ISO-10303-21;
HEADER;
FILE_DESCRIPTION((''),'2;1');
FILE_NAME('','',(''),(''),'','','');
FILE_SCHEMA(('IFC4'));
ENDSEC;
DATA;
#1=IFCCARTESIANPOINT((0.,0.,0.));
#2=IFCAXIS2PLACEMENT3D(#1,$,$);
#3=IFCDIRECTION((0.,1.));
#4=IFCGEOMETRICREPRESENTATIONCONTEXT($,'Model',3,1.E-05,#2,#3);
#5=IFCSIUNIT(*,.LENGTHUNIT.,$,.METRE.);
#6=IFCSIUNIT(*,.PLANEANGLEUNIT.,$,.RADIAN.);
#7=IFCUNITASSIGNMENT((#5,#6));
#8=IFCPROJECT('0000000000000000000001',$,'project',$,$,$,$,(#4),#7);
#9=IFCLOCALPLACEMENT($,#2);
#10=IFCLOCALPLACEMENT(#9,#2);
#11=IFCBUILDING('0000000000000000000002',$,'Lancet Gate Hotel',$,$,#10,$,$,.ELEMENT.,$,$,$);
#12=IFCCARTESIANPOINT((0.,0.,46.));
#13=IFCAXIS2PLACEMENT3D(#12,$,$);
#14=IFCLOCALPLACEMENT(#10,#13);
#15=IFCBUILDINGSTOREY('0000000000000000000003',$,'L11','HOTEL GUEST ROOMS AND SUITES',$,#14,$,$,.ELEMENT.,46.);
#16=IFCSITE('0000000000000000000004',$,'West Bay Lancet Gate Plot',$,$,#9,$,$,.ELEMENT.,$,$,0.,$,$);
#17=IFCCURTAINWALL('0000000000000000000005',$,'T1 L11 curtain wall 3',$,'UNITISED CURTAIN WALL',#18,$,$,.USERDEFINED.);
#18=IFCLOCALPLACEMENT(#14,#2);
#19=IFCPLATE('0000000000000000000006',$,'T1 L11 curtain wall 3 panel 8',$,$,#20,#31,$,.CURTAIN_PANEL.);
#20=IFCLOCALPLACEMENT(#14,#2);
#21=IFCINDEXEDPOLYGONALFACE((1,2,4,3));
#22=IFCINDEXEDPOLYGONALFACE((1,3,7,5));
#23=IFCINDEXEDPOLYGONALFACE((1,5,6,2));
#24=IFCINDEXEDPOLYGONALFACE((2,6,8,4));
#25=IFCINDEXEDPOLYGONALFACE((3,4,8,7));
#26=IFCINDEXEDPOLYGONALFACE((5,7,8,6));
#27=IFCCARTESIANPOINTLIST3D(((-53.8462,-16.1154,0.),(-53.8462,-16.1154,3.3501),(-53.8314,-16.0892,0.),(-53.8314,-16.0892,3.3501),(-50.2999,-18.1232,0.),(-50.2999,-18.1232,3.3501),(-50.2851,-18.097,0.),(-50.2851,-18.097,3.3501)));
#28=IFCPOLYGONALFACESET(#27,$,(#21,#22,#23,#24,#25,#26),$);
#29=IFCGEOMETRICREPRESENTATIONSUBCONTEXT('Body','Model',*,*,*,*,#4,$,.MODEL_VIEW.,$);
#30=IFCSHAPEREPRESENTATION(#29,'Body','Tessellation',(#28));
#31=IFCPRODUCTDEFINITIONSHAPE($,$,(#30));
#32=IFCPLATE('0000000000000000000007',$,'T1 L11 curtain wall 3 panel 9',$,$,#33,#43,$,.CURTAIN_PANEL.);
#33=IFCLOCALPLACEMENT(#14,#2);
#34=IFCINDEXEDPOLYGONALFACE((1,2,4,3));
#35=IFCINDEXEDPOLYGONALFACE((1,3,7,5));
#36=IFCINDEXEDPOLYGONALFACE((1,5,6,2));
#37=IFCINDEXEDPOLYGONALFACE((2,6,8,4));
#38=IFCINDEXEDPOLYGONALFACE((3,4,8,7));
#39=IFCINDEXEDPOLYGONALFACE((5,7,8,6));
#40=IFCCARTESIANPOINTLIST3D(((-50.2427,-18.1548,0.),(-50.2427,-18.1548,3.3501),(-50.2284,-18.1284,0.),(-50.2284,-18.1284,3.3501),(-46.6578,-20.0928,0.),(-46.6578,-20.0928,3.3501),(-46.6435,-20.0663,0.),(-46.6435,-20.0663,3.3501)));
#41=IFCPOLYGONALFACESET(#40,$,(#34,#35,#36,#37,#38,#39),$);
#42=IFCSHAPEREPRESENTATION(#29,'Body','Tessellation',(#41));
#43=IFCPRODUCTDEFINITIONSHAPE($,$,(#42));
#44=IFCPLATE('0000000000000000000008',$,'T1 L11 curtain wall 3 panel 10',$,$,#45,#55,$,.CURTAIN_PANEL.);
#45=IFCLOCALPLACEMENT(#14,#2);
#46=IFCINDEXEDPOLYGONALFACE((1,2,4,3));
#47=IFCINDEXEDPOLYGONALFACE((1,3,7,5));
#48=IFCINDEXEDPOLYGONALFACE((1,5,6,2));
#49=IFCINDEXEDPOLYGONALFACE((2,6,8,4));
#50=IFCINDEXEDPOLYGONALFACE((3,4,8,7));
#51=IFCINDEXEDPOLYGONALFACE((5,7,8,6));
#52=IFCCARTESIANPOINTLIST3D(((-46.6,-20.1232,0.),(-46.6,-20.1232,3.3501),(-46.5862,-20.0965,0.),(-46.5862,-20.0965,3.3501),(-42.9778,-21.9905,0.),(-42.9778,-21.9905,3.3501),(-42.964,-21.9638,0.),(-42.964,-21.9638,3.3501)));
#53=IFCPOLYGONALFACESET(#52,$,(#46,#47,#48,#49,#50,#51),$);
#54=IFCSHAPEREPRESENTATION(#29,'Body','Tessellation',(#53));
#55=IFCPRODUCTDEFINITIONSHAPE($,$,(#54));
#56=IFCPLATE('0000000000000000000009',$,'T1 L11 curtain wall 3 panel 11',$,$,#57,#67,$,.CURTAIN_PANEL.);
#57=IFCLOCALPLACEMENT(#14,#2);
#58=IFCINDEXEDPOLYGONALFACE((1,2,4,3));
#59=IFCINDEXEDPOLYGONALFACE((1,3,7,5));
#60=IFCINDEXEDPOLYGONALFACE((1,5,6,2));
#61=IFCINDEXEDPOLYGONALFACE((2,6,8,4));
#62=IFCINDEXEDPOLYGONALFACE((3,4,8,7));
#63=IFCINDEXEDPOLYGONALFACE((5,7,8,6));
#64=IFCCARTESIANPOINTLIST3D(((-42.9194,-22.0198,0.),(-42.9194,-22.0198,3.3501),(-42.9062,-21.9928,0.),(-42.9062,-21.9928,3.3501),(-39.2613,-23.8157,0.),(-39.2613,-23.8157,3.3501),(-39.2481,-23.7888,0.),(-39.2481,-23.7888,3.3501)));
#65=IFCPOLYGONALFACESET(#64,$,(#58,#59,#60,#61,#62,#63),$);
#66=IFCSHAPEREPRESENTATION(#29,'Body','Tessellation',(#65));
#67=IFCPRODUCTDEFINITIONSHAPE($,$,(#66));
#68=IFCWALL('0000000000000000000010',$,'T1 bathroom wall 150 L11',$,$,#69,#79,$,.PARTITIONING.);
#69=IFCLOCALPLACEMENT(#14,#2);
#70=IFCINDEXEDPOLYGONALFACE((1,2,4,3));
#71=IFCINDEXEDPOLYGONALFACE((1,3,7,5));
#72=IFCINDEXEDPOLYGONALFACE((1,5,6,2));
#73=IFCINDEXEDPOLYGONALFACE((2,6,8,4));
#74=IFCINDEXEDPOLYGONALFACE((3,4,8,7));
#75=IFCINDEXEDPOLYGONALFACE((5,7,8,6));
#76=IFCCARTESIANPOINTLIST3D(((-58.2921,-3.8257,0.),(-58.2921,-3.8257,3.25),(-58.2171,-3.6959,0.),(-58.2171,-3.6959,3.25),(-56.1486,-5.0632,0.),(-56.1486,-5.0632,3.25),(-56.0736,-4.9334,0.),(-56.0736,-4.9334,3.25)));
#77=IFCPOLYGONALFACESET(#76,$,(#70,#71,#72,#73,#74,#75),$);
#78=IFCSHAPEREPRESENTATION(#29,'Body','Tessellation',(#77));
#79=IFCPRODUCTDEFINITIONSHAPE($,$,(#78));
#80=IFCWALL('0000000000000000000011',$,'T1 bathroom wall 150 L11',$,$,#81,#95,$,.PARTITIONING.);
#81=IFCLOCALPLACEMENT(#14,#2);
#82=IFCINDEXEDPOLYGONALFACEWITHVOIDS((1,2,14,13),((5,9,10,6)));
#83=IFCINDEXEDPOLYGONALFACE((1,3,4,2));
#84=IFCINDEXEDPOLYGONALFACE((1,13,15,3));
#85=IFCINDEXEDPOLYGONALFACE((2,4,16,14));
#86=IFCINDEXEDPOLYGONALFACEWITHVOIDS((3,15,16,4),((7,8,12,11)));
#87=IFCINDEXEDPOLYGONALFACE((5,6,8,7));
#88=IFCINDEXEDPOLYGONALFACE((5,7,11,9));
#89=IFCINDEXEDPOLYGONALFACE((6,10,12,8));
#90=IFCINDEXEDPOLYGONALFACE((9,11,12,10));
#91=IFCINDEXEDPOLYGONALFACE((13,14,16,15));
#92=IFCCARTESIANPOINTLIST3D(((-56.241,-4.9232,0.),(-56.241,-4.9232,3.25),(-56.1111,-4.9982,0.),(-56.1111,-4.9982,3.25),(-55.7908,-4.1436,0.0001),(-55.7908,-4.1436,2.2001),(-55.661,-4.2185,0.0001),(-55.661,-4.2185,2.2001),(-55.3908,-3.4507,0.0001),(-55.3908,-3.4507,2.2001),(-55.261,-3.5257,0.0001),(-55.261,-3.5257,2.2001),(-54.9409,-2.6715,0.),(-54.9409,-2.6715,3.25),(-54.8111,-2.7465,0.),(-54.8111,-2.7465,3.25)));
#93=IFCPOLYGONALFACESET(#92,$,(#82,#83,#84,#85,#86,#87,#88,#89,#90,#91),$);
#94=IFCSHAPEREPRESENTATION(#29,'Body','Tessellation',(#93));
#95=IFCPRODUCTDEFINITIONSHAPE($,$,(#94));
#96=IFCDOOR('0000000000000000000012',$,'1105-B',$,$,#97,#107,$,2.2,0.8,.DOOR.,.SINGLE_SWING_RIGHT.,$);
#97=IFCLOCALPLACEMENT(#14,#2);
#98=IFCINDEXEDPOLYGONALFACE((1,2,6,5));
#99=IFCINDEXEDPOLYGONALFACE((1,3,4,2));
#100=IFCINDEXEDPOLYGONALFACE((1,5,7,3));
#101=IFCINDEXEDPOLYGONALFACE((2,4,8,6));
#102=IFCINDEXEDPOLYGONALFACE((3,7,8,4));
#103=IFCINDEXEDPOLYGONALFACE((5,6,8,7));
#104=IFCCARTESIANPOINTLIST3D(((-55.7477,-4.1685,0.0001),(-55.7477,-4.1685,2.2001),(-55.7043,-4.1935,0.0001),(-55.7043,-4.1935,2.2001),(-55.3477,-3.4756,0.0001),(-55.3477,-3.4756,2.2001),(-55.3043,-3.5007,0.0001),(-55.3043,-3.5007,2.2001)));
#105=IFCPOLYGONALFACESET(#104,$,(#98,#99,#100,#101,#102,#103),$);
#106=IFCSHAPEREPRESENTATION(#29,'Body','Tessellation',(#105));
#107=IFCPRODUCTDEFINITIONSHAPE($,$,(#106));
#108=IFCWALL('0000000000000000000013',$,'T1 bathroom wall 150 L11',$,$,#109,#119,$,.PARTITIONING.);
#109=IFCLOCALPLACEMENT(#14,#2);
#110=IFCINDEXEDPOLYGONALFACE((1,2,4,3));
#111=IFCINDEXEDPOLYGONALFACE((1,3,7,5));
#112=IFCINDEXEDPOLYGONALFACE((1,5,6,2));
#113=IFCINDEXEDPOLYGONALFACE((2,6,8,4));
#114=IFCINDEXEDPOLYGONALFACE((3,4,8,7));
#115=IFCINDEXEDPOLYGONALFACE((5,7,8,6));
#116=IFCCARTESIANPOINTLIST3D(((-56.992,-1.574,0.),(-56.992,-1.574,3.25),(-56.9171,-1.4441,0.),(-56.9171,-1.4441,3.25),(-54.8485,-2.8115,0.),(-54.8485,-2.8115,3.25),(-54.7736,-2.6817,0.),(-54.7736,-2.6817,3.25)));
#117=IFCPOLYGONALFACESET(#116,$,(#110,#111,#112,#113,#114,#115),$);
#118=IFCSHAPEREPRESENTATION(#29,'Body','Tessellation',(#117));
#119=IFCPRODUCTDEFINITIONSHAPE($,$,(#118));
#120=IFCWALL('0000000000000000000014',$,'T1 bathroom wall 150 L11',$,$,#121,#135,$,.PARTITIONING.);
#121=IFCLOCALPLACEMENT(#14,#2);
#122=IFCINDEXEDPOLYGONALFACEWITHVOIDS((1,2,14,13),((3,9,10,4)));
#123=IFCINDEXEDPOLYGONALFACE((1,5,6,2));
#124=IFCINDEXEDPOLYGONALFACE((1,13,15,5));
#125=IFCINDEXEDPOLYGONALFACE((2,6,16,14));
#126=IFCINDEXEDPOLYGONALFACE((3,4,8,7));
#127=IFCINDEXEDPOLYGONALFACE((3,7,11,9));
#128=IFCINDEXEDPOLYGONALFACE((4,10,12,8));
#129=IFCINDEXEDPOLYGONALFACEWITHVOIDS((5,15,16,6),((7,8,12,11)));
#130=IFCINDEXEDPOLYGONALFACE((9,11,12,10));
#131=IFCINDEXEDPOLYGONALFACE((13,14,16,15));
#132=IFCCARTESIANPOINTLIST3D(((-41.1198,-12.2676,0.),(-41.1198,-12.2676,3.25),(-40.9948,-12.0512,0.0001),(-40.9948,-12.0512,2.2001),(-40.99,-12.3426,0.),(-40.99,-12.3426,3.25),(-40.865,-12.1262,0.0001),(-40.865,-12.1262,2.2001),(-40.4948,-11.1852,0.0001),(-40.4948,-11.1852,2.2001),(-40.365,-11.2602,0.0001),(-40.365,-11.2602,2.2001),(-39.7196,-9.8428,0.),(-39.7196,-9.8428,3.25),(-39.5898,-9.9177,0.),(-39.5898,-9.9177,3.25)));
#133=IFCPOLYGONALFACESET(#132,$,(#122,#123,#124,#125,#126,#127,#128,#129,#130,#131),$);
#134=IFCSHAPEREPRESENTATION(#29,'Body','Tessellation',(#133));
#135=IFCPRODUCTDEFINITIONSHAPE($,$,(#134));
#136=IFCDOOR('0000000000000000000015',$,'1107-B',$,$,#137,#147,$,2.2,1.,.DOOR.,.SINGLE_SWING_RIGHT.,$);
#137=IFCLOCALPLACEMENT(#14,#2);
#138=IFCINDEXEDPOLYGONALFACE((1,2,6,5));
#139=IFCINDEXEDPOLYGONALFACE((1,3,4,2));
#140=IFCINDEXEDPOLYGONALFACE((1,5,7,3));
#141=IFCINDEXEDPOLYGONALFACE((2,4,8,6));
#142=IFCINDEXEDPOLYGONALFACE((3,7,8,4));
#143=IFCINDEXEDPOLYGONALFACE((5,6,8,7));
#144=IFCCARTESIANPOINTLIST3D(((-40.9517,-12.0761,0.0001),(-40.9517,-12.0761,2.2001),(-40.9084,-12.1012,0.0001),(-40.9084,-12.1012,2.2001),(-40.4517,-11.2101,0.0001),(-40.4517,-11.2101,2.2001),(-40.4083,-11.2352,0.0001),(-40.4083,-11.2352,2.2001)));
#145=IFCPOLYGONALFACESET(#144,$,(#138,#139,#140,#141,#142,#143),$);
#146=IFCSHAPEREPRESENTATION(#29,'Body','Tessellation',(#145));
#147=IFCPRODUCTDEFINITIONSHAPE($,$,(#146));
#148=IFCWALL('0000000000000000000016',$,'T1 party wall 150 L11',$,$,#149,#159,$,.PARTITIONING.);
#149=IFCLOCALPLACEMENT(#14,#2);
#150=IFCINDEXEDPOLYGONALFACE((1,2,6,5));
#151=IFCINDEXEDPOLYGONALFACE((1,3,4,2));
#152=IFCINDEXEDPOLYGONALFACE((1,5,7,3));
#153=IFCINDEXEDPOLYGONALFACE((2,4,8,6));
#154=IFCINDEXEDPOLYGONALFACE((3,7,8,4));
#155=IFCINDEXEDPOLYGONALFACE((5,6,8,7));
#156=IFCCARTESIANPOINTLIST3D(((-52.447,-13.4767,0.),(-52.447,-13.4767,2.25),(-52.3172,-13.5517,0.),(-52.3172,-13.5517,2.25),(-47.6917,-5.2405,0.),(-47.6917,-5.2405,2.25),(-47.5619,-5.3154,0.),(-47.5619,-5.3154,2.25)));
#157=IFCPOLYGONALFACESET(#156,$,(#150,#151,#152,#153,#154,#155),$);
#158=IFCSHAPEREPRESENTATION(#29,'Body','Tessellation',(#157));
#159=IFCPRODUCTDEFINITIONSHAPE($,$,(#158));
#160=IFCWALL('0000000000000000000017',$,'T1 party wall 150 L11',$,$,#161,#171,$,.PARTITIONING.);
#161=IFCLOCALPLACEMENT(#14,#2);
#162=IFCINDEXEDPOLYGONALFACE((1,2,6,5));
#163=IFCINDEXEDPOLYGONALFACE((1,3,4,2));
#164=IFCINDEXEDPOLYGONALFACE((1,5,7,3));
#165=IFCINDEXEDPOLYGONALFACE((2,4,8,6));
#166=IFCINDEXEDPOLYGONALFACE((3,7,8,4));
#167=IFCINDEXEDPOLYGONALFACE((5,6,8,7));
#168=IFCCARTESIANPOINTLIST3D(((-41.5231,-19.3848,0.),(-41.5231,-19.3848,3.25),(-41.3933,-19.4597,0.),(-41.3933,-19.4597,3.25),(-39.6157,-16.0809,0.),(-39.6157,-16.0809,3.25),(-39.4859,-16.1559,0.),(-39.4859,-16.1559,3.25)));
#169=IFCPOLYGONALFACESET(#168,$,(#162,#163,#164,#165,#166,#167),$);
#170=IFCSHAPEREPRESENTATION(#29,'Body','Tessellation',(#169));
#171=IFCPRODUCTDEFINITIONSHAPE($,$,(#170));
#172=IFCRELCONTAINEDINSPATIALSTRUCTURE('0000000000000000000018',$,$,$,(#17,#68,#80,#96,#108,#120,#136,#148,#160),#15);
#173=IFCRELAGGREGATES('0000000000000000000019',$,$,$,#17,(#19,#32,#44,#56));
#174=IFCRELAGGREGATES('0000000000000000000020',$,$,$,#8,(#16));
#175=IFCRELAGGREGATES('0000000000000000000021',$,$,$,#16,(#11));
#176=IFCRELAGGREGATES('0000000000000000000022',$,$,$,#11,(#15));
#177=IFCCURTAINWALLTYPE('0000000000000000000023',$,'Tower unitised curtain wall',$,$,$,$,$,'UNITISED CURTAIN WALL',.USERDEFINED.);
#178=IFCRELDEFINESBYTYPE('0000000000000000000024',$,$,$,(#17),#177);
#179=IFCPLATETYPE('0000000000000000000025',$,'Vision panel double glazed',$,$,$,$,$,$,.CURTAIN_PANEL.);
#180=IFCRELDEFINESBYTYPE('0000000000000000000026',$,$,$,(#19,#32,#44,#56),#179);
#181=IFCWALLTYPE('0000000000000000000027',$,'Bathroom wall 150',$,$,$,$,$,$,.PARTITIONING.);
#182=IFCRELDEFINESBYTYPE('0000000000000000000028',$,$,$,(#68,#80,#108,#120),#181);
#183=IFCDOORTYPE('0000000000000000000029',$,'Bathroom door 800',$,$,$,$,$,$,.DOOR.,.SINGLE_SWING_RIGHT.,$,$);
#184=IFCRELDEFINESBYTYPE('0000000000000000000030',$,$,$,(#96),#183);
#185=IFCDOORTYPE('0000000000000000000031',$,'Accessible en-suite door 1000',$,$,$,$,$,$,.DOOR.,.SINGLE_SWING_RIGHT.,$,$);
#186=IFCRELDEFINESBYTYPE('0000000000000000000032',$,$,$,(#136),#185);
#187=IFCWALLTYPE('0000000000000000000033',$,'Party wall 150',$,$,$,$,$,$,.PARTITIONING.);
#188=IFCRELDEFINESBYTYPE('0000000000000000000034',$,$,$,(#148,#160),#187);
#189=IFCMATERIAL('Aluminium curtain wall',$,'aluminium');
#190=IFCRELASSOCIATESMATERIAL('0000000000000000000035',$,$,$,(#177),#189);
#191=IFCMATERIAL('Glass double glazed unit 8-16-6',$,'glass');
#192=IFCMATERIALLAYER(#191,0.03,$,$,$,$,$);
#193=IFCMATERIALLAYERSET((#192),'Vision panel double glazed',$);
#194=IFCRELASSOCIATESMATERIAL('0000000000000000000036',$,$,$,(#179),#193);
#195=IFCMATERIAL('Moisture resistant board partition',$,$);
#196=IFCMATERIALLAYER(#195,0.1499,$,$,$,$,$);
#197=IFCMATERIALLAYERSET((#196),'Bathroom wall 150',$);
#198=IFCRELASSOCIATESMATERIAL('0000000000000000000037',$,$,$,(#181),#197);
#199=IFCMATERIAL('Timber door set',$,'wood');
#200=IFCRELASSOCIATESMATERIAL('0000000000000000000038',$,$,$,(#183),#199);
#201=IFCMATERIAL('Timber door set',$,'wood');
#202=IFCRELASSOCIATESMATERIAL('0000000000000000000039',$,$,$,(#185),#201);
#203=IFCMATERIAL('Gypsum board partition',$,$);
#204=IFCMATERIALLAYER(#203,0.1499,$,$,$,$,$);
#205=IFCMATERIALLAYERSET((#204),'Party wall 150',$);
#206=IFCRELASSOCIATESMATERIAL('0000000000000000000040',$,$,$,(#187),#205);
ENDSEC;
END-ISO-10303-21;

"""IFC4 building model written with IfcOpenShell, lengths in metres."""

from ifc_helpers import new_model, si_unit, direction, frame, frame_2d, origin, origin_2d, place, context, subcontext, project, spatial, rectangle, extrude, material, layer, layer_set, type_object, element, fill, aggregate, save


model = new_model("IFC4")

# Units and contexts
model_context = context("Model", 3, precision=1e-05, world=origin(), true_north=direction((0.0, 1.0)))
body_context = subcontext(model_context, "Body", "Model", "MODEL_VIEW")
ifc_project = project(units=[si_unit("LENGTHUNIT", "METRE"), si_unit("PLANEANGLEUNIT", "RADIAN")], contexts=[model_context])

# Site, building, storey
site_placement = place(None, origin())
site = spatial("IfcSite", under=ifc_project, at=site_placement, Name="West Bay Lancet Gate Plot", CompositionType="ELEMENT", RefElevation=0.0)
building_placement = place(site_placement, origin())
building = spatial("IfcBuilding", under=site, at=building_placement, Name="Lancet Gate Hotel", CompositionType="ELEMENT")
storey_placement = place(building_placement, frame((0.0, 0.0, 46.0)))
storey = spatial("IfcBuildingStorey", under=building, at=storey_placement, Name="L11", Description="HOTEL GUEST ROOMS AND SUITES", CompositionType="ELEMENT", Elevation=46.0)

# Curtain wall
ifc_material_1 = material(Name="Aluminium curtain wall", Category="aluminium")
curtain_wall_type = type_object("IfcCurtainWallType", Name="Tower unitised curtain wall", ElementType="UNITISED CURTAIN WALL", PredefinedType="USERDEFINED", material=ifc_material_1)
curtain_wall_placement = place(storey_placement, origin())
curtain_wall = element("IfcCurtainWall", 1, at=curtain_wall_placement, inside=storey, type_object=curtain_wall_type, Name="T1 L11 curtain wall 3", ObjectType="UNITISED CURTAIN WALL", PredefinedType="USERDEFINED")

# Plates
ifc_material_2 = material(Name="Glass double glazed unit 8-16-6", Category="glass")
ifc_layer_1 = layer(ifc_material_2, 0.03)
ifc_layer_set_1 = layer_set([ifc_layer_1], Name="Vision panel double glazed")
plate_type = type_object("IfcPlateType", Name="Vision panel double glazed", PredefinedType="CURTAIN_PANEL", material=ifc_layer_set_1)
plate_1_placement = place(storey_placement, frame((-52.0657, -17.1062, 0.0), z_axis=(0.0, 0.0, 1.0), x_axis=(0.870205, -0.49269, 0.0)))
plate_1 = element("IfcPlate", 2, at=plate_1_placement, type_object=plate_type, Name="T1 L11 curtain wall 3 panel 8", PredefinedType="CURTAIN_PANEL", context=body_context, shape_type="SweptSolid", body=[
    extrude(rectangle(XDim=4.0752, YDim=0.03, at=origin_2d()), origin(), (0.0, 0.0, 1.0), 3.3501),
])
plate_2_placement = place(storey_placement, frame((-48.4431, -19.1106, 0.0), z_axis=(0.0, 0.0, 1.0), x_axis=(0.879693, -0.475541, 0.0)))
plate_2 = element("IfcPlate", 3, at=plate_2_placement, type_object=plate_type, Name="T1 L11 curtain wall 3 panel 9", PredefinedType="CURTAIN_PANEL", context=body_context, shape_type="SweptSolid", body=[
    extrude(rectangle(XDim=4.0752, YDim=0.03, at=origin_2d()), origin(), (0.0, 0.0, 1.0), 3.3501),
])
plate_3_placement = place(storey_placement, frame((-44.782, -21.0435, 0.0), z_axis=(0.0, 0.0, 1.0), x_axis=(0.888844, -0.45821, 0.0)))
plate_3 = element("IfcPlate", 4, at=plate_3_placement, type_object=plate_type, Name="T1 L11 curtain wall 3 panel 10", PredefinedType="CURTAIN_PANEL", context=body_context, shape_type="SweptSolid", body=[
    extrude(rectangle(XDim=4.0752, YDim=0.03, at=origin_2d()), origin(), (0.0, 0.0, 1.0), 3.3501),
])
plate_4_placement = place(storey_placement, frame((-41.0837, -22.9043, 0.0), z_axis=(0.0, 0.0, 1.0), x_axis=(0.897653, -0.440702, 0.0)))
plate_4 = element("IfcPlate", 5, at=plate_4_placement, type_object=plate_type, Name="T1 L11 curtain wall 3 panel 11", PredefinedType="CURTAIN_PANEL", context=body_context, shape_type="SweptSolid", body=[
    extrude(rectangle(XDim=4.0752, YDim=0.03, at=origin_2d()), origin(), (0.0, 0.0, 1.0), 3.3501),
])
aggregate(curtain_wall, [plate_1, plate_2, plate_3, plate_4])

# Wall
ifc_material_3 = material(Name="Moisture resistant board partition")
ifc_layer_2 = layer(ifc_material_3, 0.1499)
ifc_layer_set_2 = layer_set([ifc_layer_2], Name="Bathroom wall 150")
wall_type_1 = type_object("IfcWallType", Name="Bathroom wall 150", PredefinedType="PARTITIONING", material=ifc_layer_set_2)
wall_1_placement = place(storey_placement, frame((-56.1111, -4.9983, 0.0), z_axis=(0.0, 0.0, 1.0), x_axis=(-0.866031, 0.49999, 0.0)))
element("IfcWall", 6, at=wall_1_placement, inside=storey, type_object=wall_type_1, Name="T1 bathroom wall 150 L11", PredefinedType="PARTITIONING", context=body_context, shape_type="SweptSolid", body=[
    extrude(rectangle(XDim=2.4751, YDim=0.1499, at=frame_2d((1.2375, 0.0))), origin(), (0.0, 0.0, 1.0), 3.25),
])

# Wall, opening, door
wall_2_placement = place(storey_placement, frame((-54.876, -2.709, 0.0), z_axis=(0.0, 0.0, 1.0), x_axis=(-0.500007, -0.866021, 0.0)))
wall_2 = element("IfcWall", 7, at=wall_2_placement, inside=storey, type_object=wall_type_1, Name="T1 bathroom wall 150 L11", PredefinedType="PARTITIONING", context=body_context, shape_type="SweptSolid", body=[
    extrude(rectangle(XDim=2.6001, YDim=0.1499, at=frame_2d((1.3, 0.0))), origin(), (0.0, 0.0, 1.0), 3.25),
])
opening_1_placement = place(wall_2_placement, frame((0.8999, 0.0, 0.0)))
opening_1 = element("IfcOpeningElement", 8, at=opening_1_placement, cuts=wall_2, PredefinedType="OPENING", context=body_context, shape_type="SweptSolid", body=[
    extrude(rectangle(XDim=0.8, YDim=2.2, at=frame_2d((0.3999, 1.1001))), frame((0.0, 0.085, 0.0), z_axis=(0.0, -1.0, 0.0), x_axis=(1.0, 0.0, 0.0)), (0.0, 0.0, 1.0), 0.1699),
])
ifc_material_4 = material(Name="Timber door set", Category="wood")
door_type_1 = type_object("IfcDoorType", Name="Bathroom door 800", OperationType="SINGLE_SWING_RIGHT", PredefinedType="DOOR", material=ifc_material_4)
door_1_placement = place(opening_1_placement, origin())
door_1 = element("IfcDoor", 9, at=door_1_placement, inside=storey, type_object=door_type_1, Name="1105-B", OperationType="SINGLE_SWING_RIGHT", OverallHeight=2.2, OverallWidth=0.8, PredefinedType="DOOR", context=body_context, shape_type="SweptSolid", body=[
    extrude(rectangle(XDim=0.8, YDim=2.2, at=frame_2d((0.3999, 1.1001))), frame((0.0, 0.0249, 0.0), z_axis=(0.0, -1.0, 0.0), x_axis=(1.0, 0.0, 0.0)), (0.0, 0.0, 1.0), 0.05),
])
fill(opening_1, door_1)

# Wall
wall_3_placement = place(storey_placement, frame((-54.811, -2.7466, 0.0), z_axis=(0.0, 0.0, 1.0), x_axis=(-0.866031, 0.49999, 0.0)))
element("IfcWall", 10, at=wall_3_placement, inside=storey, type_object=wall_type_1, Name="T1 bathroom wall 150 L11", PredefinedType="PARTITIONING", context=body_context, shape_type="SweptSolid", body=[
    extrude(rectangle(XDim=2.4751, YDim=0.1499, at=frame_2d((1.2375, 0.0))), origin(), (0.0, 0.0, 1.0), 3.25),
])

# Wall, opening, door
wall_4_placement = place(storey_placement, frame((-39.6548, -9.8804, 0.0), z_axis=(0.0, 0.0, 1.0), x_axis=(-0.50005, -0.865997, 0.0)))
wall_4 = element("IfcWall", 11, at=wall_4_placement, inside=storey, type_object=wall_type_1, Name="T1 bathroom wall 150 L11", PredefinedType="PARTITIONING", context=body_context, shape_type="SweptSolid", body=[
    extrude(rectangle(XDim=2.8, YDim=0.1499, at=frame_2d((1.3999, 0.0))), origin(), (0.0, 0.0, 1.0), 3.25),
])
opening_2_placement = place(wall_4_placement, frame((1.55, 0.0, 0.0)))
opening_2 = element("IfcOpeningElement", 12, at=opening_2_placement, cuts=wall_4, PredefinedType="OPENING", context=body_context, shape_type="SweptSolid", body=[
    extrude(rectangle(XDim=1.0, YDim=2.2, at=frame_2d((0.5, 1.1001))), frame((0.0, 0.085, 0.0), z_axis=(0.0, -1.0, 0.0), x_axis=(1.0, 0.0, 0.0)), (0.0, 0.0, 1.0), 0.1699),
])
ifc_material_5 = material(Name="Timber door set", Category="wood")
door_type_2 = type_object("IfcDoorType", Name="Accessible en-suite door 1000", OperationType="SINGLE_SWING_RIGHT", PredefinedType="DOOR", material=ifc_material_5)
door_2_placement = place(opening_2_placement, origin())
door_2 = element("IfcDoor", 13, at=door_2_placement, inside=storey, type_object=door_type_2, Name="1107-B", OperationType="SINGLE_SWING_RIGHT", OverallHeight=2.2, OverallWidth=1.0, PredefinedType="DOOR", context=body_context, shape_type="SweptSolid", body=[
    extrude(rectangle(XDim=1.0, YDim=2.2, at=frame_2d((0.5, 1.1001))), frame((0.0, 0.0249, 0.0), z_axis=(0.0, -1.0, 0.0), x_axis=(1.0, 0.0, 0.0)), (0.0, 0.0, 1.0), 0.05),
])
fill(opening_2, door_2)

# Walls
ifc_material_6 = material(Name="Gypsum board partition")
ifc_layer_3 = layer(ifc_material_6, 0.1499)
ifc_layer_set_3 = layer_set([ifc_layer_3], Name="Party wall 150")
wall_type_2 = type_object("IfcWallType", Name="Party wall 150", PredefinedType="PARTITIONING", material=ifc_layer_set_3)
wall_5_placement = place(storey_placement, frame((-47.6267, -5.2778, 0.0), z_axis=(0.0, 0.0, 1.0), x_axis=(-0.50001, -0.86602, 0.0)))
element("IfcWall", 14, at=wall_5_placement, inside=storey, type_object=wall_type_2, Name="T1 party wall 150 L11", PredefinedType="PARTITIONING", context=body_context, shape_type="SweptSolid", body=[
    extrude(rectangle(XDim=9.5105, YDim=0.1499, at=frame_2d((4.7554, 0.0))), origin(), (0.0, 0.0, 1.0), 2.25),
])
wall_6_placement = place(storey_placement, frame((-39.5508, -16.1184, 0.0), z_axis=(0.0, 0.0, 1.0), x_axis=(-0.499987, -0.866033, 0.0)))
element("IfcWall", 15, at=wall_6_placement, inside=storey, type_object=wall_type_2, Name="T1 party wall 150 L11", PredefinedType="PARTITIONING", context=body_context, shape_type="SweptSolid", body=[
    extrude(rectangle(XDim=3.8149, YDim=0.1499, at=frame_2d((1.9075, 0.0))), origin(), (0.0, 0.0, 1.0), 3.25),
])

save(model, "model.ifc")
